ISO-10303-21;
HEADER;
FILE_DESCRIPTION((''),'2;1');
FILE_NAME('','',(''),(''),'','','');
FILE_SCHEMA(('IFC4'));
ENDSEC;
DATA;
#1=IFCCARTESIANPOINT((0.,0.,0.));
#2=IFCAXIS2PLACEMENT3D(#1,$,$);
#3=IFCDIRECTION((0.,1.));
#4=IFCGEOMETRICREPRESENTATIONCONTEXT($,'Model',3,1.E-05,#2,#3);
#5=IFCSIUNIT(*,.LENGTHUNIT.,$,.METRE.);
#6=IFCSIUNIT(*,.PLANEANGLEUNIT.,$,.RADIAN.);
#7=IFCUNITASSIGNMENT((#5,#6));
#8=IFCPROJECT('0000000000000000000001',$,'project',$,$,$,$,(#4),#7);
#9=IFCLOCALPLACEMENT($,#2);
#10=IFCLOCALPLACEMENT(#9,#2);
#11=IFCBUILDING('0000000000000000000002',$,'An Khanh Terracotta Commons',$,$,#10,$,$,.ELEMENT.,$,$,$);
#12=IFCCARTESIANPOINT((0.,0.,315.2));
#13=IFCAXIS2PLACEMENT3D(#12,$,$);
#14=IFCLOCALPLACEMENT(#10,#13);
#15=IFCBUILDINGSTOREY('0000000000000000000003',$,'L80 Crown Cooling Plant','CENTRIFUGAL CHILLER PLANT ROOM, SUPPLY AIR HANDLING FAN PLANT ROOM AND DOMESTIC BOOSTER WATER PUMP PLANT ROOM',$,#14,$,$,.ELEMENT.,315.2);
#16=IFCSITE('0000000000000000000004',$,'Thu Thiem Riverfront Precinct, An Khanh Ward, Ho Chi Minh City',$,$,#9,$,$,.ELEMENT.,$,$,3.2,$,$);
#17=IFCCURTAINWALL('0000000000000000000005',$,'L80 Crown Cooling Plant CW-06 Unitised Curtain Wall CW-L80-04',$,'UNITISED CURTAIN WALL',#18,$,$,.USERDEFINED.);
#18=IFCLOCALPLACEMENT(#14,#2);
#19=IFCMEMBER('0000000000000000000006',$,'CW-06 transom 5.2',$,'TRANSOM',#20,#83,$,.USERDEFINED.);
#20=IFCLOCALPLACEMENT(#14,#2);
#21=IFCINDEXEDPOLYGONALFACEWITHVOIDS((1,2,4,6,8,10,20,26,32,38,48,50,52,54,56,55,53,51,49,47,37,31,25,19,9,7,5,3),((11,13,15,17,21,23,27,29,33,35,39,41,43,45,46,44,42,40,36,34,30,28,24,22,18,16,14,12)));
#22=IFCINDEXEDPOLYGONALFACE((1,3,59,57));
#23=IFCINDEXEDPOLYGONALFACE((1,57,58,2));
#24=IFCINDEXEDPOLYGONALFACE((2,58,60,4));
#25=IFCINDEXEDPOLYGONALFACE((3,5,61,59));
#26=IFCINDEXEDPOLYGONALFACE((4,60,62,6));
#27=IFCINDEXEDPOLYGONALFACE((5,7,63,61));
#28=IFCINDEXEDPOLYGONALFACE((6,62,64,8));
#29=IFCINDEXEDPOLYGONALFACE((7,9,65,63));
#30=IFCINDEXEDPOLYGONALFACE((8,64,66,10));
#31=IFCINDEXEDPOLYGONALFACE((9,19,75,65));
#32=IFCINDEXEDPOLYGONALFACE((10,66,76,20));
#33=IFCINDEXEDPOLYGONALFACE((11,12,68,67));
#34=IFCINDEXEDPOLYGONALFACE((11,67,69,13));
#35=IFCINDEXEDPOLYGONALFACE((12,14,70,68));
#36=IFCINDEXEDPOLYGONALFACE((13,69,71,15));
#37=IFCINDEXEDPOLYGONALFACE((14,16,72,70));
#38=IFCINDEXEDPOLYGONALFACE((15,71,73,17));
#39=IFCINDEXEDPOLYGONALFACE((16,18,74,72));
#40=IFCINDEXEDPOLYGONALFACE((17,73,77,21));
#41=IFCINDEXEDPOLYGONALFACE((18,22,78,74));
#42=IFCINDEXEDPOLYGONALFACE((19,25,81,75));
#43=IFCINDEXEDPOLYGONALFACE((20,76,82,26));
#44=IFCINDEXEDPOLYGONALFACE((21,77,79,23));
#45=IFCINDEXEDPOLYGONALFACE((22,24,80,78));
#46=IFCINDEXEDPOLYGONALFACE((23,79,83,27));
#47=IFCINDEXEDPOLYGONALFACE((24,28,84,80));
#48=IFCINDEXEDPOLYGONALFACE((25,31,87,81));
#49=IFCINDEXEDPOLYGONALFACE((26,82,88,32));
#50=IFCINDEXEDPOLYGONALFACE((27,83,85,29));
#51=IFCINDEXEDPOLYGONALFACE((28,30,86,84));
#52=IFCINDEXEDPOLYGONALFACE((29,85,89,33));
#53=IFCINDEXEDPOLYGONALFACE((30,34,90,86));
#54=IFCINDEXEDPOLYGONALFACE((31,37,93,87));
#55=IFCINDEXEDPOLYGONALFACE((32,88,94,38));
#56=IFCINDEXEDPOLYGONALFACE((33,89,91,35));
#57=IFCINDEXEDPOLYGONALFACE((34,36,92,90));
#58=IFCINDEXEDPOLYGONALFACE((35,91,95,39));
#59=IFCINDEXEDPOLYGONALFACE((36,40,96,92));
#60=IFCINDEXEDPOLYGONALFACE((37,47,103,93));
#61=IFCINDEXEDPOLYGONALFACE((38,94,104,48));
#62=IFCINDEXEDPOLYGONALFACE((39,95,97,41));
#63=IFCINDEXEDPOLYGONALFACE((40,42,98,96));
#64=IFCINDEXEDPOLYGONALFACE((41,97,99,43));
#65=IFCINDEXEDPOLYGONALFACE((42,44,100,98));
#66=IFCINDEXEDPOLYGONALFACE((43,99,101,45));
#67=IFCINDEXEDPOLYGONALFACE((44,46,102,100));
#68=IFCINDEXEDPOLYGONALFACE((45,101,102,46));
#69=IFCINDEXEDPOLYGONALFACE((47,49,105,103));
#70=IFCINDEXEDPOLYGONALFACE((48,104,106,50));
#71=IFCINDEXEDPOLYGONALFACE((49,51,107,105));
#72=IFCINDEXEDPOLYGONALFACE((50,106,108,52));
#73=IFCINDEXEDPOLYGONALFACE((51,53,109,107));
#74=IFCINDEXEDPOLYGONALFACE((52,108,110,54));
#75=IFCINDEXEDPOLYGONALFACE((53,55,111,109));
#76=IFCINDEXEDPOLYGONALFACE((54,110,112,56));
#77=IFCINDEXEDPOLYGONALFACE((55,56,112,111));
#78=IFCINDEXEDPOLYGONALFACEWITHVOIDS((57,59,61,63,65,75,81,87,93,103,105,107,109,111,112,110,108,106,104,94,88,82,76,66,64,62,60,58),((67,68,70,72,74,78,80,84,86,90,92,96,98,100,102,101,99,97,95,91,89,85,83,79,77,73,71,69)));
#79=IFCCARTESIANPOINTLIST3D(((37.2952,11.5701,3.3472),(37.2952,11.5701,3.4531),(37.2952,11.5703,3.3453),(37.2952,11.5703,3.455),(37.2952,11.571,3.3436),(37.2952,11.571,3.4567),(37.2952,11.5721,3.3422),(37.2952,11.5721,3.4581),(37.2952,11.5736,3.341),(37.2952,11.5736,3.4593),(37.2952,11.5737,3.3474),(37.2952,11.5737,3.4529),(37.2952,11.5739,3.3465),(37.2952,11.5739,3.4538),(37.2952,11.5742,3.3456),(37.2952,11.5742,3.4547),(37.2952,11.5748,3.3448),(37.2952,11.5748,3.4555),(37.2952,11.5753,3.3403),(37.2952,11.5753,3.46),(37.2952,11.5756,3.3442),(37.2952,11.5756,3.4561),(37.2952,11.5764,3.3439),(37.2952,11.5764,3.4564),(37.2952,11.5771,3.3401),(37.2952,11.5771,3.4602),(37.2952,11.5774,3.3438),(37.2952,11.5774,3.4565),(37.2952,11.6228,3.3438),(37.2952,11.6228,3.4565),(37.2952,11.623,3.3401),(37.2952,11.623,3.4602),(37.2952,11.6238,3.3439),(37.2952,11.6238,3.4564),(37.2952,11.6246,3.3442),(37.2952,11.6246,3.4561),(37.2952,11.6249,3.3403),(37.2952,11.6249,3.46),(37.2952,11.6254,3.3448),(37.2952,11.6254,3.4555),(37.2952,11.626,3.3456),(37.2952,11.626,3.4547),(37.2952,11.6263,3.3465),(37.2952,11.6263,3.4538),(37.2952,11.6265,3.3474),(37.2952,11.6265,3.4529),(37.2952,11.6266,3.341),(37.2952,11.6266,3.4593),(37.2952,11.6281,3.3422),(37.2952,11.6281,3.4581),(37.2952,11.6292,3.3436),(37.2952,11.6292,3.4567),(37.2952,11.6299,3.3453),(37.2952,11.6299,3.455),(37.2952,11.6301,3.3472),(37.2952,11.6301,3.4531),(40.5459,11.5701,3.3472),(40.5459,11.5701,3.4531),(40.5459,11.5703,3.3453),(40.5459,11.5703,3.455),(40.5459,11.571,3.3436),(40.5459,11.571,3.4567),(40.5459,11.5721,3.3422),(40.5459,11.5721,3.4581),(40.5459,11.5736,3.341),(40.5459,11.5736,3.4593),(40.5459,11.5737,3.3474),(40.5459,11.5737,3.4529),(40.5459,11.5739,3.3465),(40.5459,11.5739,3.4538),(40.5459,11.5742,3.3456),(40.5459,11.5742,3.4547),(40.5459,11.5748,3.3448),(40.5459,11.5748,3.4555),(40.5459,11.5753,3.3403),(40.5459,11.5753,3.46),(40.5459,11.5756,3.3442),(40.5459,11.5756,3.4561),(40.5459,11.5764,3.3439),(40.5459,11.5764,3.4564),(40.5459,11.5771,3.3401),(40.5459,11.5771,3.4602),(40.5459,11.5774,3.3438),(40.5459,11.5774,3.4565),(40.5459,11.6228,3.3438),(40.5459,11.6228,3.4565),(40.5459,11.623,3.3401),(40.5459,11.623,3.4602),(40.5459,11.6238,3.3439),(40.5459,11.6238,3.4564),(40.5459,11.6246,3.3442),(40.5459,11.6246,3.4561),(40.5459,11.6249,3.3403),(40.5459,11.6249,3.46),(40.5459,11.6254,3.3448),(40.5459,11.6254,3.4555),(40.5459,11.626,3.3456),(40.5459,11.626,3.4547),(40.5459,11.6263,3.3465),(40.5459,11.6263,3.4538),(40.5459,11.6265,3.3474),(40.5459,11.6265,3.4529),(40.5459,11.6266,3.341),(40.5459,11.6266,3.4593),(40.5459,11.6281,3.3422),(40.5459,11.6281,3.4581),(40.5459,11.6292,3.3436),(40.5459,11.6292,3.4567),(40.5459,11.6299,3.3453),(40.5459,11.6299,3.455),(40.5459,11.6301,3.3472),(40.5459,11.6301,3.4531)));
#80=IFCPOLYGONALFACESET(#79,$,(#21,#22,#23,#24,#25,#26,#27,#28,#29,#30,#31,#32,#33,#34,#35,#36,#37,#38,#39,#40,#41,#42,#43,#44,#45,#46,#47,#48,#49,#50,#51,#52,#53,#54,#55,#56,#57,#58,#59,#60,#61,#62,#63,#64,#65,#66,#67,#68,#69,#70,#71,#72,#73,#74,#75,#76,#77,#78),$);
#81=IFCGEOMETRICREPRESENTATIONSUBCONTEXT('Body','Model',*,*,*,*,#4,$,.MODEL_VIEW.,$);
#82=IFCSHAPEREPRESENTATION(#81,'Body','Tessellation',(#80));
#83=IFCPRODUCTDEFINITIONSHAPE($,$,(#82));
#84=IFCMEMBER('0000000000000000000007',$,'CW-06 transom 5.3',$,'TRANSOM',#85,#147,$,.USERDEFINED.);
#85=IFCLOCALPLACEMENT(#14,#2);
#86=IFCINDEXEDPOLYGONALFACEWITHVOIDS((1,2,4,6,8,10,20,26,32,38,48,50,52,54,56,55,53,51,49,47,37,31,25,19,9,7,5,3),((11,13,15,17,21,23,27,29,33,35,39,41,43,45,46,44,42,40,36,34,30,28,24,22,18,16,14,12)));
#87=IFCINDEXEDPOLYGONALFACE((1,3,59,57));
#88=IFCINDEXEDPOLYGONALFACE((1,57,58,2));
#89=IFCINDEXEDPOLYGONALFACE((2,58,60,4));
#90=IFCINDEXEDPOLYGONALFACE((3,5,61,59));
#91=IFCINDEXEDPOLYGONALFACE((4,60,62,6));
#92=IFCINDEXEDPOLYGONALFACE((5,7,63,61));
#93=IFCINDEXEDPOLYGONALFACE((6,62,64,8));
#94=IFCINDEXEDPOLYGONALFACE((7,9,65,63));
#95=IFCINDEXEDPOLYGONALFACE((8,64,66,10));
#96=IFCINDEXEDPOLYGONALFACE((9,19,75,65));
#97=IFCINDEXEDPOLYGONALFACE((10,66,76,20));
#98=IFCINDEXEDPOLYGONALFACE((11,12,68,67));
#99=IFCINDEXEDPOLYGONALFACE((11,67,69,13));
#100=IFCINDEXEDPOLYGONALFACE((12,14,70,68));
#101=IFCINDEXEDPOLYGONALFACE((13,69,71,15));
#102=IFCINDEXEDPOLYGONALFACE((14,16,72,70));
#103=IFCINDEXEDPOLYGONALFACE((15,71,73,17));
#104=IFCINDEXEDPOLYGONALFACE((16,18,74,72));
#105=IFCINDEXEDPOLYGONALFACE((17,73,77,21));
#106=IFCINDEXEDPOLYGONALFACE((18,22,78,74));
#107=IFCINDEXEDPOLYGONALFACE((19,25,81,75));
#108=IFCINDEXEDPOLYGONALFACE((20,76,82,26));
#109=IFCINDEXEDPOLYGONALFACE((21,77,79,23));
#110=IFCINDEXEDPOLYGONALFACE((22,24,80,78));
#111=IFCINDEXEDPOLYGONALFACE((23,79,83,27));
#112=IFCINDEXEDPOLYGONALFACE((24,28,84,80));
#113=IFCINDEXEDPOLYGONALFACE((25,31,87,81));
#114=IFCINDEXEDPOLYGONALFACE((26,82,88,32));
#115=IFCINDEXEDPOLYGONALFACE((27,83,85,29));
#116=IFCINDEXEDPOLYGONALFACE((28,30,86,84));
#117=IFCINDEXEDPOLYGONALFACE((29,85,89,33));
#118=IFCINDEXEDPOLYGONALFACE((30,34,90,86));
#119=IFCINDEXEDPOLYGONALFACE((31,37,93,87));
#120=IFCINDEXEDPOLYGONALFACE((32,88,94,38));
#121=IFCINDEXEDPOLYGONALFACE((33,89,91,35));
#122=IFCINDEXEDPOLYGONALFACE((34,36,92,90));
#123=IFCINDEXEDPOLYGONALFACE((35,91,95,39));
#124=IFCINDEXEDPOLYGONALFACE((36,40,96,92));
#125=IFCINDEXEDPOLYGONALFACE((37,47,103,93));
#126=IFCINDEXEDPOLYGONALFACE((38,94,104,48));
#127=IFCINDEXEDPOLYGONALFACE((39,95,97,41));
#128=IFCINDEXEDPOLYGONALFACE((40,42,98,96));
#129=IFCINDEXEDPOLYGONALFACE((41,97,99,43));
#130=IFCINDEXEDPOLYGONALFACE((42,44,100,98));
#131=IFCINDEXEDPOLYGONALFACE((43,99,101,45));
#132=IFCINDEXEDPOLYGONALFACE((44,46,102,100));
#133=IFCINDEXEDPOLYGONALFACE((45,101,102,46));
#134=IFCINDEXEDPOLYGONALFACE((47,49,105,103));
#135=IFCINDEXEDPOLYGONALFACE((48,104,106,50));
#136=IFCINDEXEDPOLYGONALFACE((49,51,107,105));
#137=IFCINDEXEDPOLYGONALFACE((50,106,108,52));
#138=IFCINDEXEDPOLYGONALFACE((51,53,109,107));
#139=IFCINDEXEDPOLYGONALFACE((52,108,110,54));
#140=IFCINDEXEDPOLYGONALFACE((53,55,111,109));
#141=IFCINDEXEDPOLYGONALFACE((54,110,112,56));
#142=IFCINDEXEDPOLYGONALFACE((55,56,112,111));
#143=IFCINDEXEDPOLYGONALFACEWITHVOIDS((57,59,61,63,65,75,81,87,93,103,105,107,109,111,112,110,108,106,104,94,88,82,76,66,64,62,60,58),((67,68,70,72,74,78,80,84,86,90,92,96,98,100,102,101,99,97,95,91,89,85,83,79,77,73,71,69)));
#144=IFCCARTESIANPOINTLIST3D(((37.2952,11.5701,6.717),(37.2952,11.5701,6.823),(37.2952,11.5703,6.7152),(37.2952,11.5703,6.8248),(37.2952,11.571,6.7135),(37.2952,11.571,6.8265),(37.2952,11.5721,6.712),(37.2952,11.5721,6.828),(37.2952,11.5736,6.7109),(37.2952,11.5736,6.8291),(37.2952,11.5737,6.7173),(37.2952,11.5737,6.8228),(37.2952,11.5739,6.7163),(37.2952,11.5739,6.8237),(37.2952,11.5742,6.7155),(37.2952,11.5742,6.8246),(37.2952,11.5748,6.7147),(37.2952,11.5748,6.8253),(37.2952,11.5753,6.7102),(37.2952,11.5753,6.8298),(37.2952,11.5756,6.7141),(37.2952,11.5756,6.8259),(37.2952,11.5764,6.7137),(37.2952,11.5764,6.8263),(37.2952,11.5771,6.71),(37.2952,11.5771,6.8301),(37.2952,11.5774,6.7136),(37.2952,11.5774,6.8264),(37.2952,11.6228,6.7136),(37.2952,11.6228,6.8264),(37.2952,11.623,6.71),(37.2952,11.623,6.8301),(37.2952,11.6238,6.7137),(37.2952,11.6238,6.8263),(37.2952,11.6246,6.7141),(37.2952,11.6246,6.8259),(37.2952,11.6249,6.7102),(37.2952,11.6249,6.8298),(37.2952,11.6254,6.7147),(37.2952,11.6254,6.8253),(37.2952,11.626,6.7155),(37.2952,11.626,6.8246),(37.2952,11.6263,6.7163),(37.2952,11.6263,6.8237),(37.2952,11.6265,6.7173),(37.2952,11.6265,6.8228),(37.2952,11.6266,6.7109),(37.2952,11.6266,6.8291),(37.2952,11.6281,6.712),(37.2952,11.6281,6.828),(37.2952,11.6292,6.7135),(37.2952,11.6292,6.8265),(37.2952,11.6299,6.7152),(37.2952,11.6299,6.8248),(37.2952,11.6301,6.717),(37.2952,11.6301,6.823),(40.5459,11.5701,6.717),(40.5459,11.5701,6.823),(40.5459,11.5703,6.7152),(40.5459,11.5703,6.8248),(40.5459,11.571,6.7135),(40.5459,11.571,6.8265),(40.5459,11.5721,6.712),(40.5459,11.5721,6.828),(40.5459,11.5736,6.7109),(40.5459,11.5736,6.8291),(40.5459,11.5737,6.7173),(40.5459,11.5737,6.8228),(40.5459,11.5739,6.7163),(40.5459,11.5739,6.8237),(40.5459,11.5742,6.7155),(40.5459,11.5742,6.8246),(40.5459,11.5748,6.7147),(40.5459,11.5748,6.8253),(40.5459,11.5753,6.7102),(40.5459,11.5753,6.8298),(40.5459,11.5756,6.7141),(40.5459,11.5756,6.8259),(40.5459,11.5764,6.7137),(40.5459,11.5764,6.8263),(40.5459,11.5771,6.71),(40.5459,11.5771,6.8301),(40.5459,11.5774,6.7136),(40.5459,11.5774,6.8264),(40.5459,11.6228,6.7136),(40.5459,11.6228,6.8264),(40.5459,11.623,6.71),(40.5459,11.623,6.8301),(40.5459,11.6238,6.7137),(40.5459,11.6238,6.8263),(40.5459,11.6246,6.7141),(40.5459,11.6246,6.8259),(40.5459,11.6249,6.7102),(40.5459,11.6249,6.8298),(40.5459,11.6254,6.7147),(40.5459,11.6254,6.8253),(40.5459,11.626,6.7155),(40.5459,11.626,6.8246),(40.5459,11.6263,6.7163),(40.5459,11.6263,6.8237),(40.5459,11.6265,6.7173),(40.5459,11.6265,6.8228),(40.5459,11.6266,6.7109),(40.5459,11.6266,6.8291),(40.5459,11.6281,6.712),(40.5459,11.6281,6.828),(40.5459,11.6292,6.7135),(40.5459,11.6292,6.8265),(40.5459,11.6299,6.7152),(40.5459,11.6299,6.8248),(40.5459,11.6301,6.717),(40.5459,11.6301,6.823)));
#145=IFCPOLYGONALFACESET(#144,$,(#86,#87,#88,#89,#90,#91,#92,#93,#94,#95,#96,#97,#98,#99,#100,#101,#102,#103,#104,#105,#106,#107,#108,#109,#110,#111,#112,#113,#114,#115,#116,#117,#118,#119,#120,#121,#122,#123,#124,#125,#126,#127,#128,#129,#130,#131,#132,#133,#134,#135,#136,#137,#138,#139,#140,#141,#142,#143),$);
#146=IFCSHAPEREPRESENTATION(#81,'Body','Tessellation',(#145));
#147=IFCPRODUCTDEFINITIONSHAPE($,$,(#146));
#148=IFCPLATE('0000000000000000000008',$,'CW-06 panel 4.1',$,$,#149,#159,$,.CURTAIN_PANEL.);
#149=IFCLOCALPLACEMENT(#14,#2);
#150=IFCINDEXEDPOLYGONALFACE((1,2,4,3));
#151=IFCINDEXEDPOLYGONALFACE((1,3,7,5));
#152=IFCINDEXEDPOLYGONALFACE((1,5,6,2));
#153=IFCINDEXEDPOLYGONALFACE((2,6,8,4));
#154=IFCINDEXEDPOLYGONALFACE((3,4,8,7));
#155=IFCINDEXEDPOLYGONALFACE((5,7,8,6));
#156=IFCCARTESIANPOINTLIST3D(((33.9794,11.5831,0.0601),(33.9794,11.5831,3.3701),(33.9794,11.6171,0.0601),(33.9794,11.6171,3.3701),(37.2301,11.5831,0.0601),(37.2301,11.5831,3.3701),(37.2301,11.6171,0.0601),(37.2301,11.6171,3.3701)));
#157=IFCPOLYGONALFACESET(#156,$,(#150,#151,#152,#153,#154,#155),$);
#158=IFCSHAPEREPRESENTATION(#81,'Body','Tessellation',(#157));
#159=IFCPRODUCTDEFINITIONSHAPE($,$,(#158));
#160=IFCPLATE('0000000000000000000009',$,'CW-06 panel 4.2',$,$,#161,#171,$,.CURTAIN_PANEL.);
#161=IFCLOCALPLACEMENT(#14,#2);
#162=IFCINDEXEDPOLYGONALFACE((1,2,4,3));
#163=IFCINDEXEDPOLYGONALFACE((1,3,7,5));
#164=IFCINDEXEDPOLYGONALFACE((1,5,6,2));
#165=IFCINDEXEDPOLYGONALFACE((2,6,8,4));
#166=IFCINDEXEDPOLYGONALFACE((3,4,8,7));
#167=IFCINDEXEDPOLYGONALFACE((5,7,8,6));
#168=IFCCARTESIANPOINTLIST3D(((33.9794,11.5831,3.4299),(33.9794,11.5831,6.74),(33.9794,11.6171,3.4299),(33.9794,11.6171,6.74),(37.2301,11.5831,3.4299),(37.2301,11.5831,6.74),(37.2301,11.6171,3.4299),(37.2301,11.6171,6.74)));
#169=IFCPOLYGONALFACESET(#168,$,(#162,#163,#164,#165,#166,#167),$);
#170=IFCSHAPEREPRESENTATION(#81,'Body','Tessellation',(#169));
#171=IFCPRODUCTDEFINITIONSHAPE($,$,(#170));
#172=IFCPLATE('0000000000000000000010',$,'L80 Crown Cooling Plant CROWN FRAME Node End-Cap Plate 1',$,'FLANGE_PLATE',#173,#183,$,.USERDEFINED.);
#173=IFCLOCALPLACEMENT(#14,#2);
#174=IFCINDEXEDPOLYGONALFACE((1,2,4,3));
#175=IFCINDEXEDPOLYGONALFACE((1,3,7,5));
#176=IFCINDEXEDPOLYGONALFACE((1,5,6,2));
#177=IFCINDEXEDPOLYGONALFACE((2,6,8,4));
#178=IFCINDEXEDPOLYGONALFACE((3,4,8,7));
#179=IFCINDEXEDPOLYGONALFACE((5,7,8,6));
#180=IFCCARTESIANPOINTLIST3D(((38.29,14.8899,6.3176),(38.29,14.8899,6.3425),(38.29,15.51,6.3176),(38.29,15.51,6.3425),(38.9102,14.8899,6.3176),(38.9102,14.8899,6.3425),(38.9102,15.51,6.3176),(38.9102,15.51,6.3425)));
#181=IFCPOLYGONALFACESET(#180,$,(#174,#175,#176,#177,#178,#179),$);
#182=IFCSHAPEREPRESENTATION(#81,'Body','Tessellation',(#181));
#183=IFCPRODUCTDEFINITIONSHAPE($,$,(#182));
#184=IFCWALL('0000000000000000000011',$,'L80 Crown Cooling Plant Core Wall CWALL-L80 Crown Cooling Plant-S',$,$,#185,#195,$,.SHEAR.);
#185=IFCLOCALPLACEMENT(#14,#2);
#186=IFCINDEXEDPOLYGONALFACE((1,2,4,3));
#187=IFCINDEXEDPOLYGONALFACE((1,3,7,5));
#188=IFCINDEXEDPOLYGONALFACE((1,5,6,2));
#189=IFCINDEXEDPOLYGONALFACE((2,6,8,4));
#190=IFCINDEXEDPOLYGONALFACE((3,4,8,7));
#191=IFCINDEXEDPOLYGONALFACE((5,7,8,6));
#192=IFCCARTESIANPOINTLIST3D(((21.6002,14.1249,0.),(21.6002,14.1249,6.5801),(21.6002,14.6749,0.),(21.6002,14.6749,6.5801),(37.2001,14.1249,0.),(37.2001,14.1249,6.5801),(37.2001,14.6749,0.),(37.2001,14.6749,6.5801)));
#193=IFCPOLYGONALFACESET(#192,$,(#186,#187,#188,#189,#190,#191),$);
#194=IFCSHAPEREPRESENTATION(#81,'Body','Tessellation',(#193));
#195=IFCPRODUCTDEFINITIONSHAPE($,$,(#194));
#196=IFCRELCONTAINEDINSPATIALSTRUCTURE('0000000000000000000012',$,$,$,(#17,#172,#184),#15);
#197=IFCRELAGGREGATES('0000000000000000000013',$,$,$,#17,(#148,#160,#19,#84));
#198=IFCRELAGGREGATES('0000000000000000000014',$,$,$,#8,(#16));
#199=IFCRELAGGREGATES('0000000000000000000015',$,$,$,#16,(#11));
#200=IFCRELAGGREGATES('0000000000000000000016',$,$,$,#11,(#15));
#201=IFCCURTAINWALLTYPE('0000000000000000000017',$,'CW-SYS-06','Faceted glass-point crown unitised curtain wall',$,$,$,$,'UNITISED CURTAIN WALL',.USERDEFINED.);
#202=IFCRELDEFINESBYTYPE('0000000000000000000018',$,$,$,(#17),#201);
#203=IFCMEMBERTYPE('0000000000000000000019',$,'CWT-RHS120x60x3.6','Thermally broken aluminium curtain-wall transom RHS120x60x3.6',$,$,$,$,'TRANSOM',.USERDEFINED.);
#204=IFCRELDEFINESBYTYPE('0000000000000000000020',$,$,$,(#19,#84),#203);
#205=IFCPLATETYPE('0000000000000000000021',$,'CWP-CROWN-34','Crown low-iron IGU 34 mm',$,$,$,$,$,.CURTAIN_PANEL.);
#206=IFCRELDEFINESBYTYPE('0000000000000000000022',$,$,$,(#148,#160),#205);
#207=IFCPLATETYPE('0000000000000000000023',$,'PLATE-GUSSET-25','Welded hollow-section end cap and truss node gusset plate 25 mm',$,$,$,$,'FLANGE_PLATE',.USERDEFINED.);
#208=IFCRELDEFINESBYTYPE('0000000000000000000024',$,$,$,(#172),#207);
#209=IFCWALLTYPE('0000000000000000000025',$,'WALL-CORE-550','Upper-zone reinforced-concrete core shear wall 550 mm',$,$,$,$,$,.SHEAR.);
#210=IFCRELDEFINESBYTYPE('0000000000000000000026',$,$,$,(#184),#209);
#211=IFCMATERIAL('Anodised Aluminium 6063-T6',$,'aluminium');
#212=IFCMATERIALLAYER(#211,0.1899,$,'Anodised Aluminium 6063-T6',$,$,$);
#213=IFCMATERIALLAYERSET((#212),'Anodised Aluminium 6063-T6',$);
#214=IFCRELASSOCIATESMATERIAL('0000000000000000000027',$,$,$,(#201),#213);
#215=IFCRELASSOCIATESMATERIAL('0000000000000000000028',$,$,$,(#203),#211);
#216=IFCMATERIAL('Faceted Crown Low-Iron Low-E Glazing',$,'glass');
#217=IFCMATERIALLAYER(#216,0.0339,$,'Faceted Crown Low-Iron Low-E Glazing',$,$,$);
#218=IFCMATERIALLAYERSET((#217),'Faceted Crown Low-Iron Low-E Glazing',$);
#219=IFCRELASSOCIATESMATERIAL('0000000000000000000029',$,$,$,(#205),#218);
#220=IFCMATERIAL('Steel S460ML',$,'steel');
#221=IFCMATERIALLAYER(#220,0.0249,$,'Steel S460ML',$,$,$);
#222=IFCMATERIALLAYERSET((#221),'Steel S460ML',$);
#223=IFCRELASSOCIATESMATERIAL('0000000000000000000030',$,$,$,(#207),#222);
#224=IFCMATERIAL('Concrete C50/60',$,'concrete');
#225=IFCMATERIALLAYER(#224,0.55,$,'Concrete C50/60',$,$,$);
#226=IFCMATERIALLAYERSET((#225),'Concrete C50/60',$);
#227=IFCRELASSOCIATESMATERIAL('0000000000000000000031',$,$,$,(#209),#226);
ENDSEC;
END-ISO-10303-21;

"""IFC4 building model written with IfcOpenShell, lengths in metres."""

from ifc_helpers import new_model, si_unit, direction, frame, frame_2d, origin, origin_2d, place, context, subcontext, project, spatial, rectangle, hollow_rectangle, extrude, material, layer, layer_set, material_profile, profile_set, type_object, element, aggregate, save


model = new_model("IFC4")

# Units and contexts
model_context = context("Model", 3, precision=1e-05, world=origin(), true_north=direction((0.0, 1.0)))
body_context = subcontext(model_context, "Body", "Model", "MODEL_VIEW")
ifc_project = project(units=[si_unit("LENGTHUNIT", "METRE"), si_unit("PLANEANGLEUNIT", "RADIAN")], contexts=[model_context])

# Site, building, storey
site_placement = place(None, origin())
site = spatial("IfcSite", under=ifc_project, at=site_placement, Name="Thu Thiem Riverfront Precinct, An Khanh Ward, Ho Chi Minh City", CompositionType="ELEMENT", RefElevation=3.2)
building_placement = place(site_placement, origin())
building = spatial("IfcBuilding", under=site, at=building_placement, Name="An Khanh Terracotta Commons", CompositionType="ELEMENT")
storey_placement = place(building_placement, frame((0.0, 0.0, 315.2)))
storey = spatial("IfcBuildingStorey", under=building, at=storey_placement, Name="L80 Crown Cooling Plant", Description="CENTRIFUGAL CHILLER PLANT ROOM, SUPPLY AIR HANDLING FAN PLANT ROOM AND DOMESTIC BOOSTER WATER PUMP PLANT ROOM", CompositionType="ELEMENT", Elevation=315.2)

# Shared definitions
ifc_material_1 = material(Name="Concrete C50/60", Category="concrete")

# Shared definitions
ifc_material_2 = material(Name="Steel S460ML", Category="steel")

# Curtain wall, members, plates
ifc_material_3 = material(Name="Anodised Aluminium 6063-T6", Category="aluminium")
ifc_layer_1 = layer(ifc_material_3, 0.1899, Name="Anodised Aluminium 6063-T6")
ifc_layer_set_1 = layer_set([ifc_layer_1], Name="Anodised Aluminium 6063-T6")
curtain_wall_type = type_object("IfcCurtainWallType", Name="CW-SYS-06", Description="Faceted glass-point crown unitised curtain wall", ElementType="UNITISED CURTAIN WALL", PredefinedType="USERDEFINED", material=ifc_layer_set_1)
curtain_wall_placement = place(storey_placement, origin())
curtain_wall = element("IfcCurtainWall", 1, at=curtain_wall_placement, inside=storey, type_object=curtain_wall_type, Name="L80 Crown Cooling Plant CW-06 Unitised Curtain Wall CW-L80-04", ObjectType="UNITISED CURTAIN WALL", PredefinedType="USERDEFINED")
ifc_material_profile_1 = material_profile(ifc_material_3, hollow_rectangle(XDim=0.0601, YDim=0.1201, WallThickness=0.0037, InnerFilletRadius=0.0037, OuterFilletRadius=0.0071, at=origin_2d()), Name="RHS120x60x3.6")
ifc_profile_set_1 = profile_set([ifc_material_profile_1], Name="Anodised Aluminium 6063-T6")
member_type_1 = type_object("IfcMemberType", Name="CWT-RHS120x60x3.6", Description="Thermally broken aluminium curtain-wall transom RHS120x60x3.6", ElementType="TRANSOM", PredefinedType="USERDEFINED", material=ifc_profile_set_1)
member_1_placement = place(storey_placement, frame((37.2952, 11.6001, 3.4001), z_axis=(1.0, 0.0, 0.0), x_axis=(0.0, 1.0, 0.0)))
member_1 = element("IfcMember", 2, at=member_1_placement, type_object=member_type_1, Name="CW-06 transom 5.2", ObjectType="TRANSOM", PredefinedType="USERDEFINED", context=body_context, shape_type="SweptSolid", body=[
    extrude(hollow_rectangle(XDim=0.0601, YDim=0.1201, WallThickness=0.0037, InnerFilletRadius=0.0037, OuterFilletRadius=0.0071, at=origin_2d()), origin(), (0.0, 0.0, 1.0), 3.2507),
])
member_2_placement = place(storey_placement, frame((37.2952, 11.6001, 6.77), z_axis=(1.0, 0.0, 0.0), x_axis=(0.0, 1.0, 0.0)))
member_2 = element("IfcMember", 3, at=member_2_placement, type_object=member_type_1, Name="CW-06 transom 5.3", ObjectType="TRANSOM", PredefinedType="USERDEFINED", context=body_context, shape_type="SweptSolid", body=[
    extrude(hollow_rectangle(XDim=0.0601, YDim=0.1201, WallThickness=0.0037, InnerFilletRadius=0.0037, OuterFilletRadius=0.0071, at=origin_2d()), origin(), (0.0, 0.0, 1.0), 3.2507),
])
ifc_material_4 = material(Name="Faceted Crown Low-Iron Low-E Glazing", Category="glass")
ifc_layer_2 = layer(ifc_material_4, 0.0339, Name="Faceted Crown Low-Iron Low-E Glazing")
ifc_layer_set_2 = layer_set([ifc_layer_2], Name="Faceted Crown Low-Iron Low-E Glazing")
plate_type_1 = type_object("IfcPlateType", Name="CWP-CROWN-34", Description="Crown low-iron IGU 34 mm", PredefinedType="CURTAIN_PANEL", material=ifc_layer_set_2)
plate_1_placement = place(storey_placement, frame((35.6047, 11.6001, 0.0601), z_axis=(0.0, 0.0, 1.0), x_axis=(1.0, 0.0, 0.0)))
plate_1 = element("IfcPlate", 4, at=plate_1_placement, type_object=plate_type_1, Name="CW-06 panel 4.1", PredefinedType="CURTAIN_PANEL", context=body_context, shape_type="SweptSolid", body=[
    extrude(rectangle(XDim=3.2507, YDim=0.0339, at=origin_2d()), origin(), (0.0, 0.0, 1.0), 3.3101),
])
plate_2_placement = place(storey_placement, frame((35.6047, 11.6001, 3.4299), z_axis=(0.0, 0.0, 1.0), x_axis=(1.0, 0.0, 0.0)))
plate_2 = element("IfcPlate", 5, at=plate_2_placement, type_object=plate_type_1, Name="CW-06 panel 4.2", PredefinedType="CURTAIN_PANEL", context=body_context, shape_type="SweptSolid", body=[
    extrude(rectangle(XDim=3.2507, YDim=0.0339, at=origin_2d()), origin(), (0.0, 0.0, 1.0), 3.3101),
])
aggregate(curtain_wall, [plate_1, plate_2, member_1, member_2])

# Plate
ifc_layer_3 = layer(ifc_material_2, 0.0249, Name="Steel S460ML")
ifc_layer_set_3 = layer_set([ifc_layer_3], Name="Steel S460ML")
plate_type_2 = type_object("IfcPlateType", Name="PLATE-GUSSET-25", Description="Welded hollow-section end cap and truss node gusset plate 25 mm", ElementType="FLANGE_PLATE", PredefinedType="USERDEFINED", material=ifc_layer_set_3)
plate_3_placement = place(storey_placement, frame((38.6001, 15.2, 6.3176), z_axis=(0.0, 0.0, 1.0), x_axis=(1.0, 0.0, 0.0)))
element("IfcPlate", 6, at=plate_3_placement, inside=storey, type_object=plate_type_2, Name="L80 Crown Cooling Plant CROWN FRAME Node End-Cap Plate 1", ObjectType="FLANGE_PLATE", PredefinedType="USERDEFINED", context=body_context, shape_type="SweptSolid", body=[
    extrude(rectangle(XDim=0.6201, YDim=0.6201, at=origin_2d()), origin(), (0.0, 0.0, 1.0), 0.0249),
])

# Wall
ifc_layer_4 = layer(ifc_material_1, 0.55, Name="Concrete C50/60")
ifc_layer_set_4 = layer_set([ifc_layer_4], Name="Concrete C50/60")
wall_type_1 = type_object("IfcWallType", Name="WALL-CORE-550", Description="Upper-zone reinforced-concrete core shear wall 550 mm", PredefinedType="SHEAR", material=ifc_layer_set_4)
wall_1_placement = place(storey_placement, frame((37.2, 14.3999, 0.0), z_axis=(0.0, 0.0, 1.0), x_axis=(-1.0, 0.0, 0.0)))
element("IfcWall", 7, at=wall_1_placement, inside=storey, type_object=wall_type_1, Name="L80 Crown Cooling Plant Core Wall CWALL-L80 Crown Cooling Plant-S", PredefinedType="SHEAR", context=body_context, shape_type="SweptSolid", body=[
    extrude(rectangle(XDim=15.5999, YDim=0.55, at=frame_2d((7.7998, 0.0))), origin(), (0.0, 0.0, 1.0), 6.5801),
])

save(model, "model.ifc")
